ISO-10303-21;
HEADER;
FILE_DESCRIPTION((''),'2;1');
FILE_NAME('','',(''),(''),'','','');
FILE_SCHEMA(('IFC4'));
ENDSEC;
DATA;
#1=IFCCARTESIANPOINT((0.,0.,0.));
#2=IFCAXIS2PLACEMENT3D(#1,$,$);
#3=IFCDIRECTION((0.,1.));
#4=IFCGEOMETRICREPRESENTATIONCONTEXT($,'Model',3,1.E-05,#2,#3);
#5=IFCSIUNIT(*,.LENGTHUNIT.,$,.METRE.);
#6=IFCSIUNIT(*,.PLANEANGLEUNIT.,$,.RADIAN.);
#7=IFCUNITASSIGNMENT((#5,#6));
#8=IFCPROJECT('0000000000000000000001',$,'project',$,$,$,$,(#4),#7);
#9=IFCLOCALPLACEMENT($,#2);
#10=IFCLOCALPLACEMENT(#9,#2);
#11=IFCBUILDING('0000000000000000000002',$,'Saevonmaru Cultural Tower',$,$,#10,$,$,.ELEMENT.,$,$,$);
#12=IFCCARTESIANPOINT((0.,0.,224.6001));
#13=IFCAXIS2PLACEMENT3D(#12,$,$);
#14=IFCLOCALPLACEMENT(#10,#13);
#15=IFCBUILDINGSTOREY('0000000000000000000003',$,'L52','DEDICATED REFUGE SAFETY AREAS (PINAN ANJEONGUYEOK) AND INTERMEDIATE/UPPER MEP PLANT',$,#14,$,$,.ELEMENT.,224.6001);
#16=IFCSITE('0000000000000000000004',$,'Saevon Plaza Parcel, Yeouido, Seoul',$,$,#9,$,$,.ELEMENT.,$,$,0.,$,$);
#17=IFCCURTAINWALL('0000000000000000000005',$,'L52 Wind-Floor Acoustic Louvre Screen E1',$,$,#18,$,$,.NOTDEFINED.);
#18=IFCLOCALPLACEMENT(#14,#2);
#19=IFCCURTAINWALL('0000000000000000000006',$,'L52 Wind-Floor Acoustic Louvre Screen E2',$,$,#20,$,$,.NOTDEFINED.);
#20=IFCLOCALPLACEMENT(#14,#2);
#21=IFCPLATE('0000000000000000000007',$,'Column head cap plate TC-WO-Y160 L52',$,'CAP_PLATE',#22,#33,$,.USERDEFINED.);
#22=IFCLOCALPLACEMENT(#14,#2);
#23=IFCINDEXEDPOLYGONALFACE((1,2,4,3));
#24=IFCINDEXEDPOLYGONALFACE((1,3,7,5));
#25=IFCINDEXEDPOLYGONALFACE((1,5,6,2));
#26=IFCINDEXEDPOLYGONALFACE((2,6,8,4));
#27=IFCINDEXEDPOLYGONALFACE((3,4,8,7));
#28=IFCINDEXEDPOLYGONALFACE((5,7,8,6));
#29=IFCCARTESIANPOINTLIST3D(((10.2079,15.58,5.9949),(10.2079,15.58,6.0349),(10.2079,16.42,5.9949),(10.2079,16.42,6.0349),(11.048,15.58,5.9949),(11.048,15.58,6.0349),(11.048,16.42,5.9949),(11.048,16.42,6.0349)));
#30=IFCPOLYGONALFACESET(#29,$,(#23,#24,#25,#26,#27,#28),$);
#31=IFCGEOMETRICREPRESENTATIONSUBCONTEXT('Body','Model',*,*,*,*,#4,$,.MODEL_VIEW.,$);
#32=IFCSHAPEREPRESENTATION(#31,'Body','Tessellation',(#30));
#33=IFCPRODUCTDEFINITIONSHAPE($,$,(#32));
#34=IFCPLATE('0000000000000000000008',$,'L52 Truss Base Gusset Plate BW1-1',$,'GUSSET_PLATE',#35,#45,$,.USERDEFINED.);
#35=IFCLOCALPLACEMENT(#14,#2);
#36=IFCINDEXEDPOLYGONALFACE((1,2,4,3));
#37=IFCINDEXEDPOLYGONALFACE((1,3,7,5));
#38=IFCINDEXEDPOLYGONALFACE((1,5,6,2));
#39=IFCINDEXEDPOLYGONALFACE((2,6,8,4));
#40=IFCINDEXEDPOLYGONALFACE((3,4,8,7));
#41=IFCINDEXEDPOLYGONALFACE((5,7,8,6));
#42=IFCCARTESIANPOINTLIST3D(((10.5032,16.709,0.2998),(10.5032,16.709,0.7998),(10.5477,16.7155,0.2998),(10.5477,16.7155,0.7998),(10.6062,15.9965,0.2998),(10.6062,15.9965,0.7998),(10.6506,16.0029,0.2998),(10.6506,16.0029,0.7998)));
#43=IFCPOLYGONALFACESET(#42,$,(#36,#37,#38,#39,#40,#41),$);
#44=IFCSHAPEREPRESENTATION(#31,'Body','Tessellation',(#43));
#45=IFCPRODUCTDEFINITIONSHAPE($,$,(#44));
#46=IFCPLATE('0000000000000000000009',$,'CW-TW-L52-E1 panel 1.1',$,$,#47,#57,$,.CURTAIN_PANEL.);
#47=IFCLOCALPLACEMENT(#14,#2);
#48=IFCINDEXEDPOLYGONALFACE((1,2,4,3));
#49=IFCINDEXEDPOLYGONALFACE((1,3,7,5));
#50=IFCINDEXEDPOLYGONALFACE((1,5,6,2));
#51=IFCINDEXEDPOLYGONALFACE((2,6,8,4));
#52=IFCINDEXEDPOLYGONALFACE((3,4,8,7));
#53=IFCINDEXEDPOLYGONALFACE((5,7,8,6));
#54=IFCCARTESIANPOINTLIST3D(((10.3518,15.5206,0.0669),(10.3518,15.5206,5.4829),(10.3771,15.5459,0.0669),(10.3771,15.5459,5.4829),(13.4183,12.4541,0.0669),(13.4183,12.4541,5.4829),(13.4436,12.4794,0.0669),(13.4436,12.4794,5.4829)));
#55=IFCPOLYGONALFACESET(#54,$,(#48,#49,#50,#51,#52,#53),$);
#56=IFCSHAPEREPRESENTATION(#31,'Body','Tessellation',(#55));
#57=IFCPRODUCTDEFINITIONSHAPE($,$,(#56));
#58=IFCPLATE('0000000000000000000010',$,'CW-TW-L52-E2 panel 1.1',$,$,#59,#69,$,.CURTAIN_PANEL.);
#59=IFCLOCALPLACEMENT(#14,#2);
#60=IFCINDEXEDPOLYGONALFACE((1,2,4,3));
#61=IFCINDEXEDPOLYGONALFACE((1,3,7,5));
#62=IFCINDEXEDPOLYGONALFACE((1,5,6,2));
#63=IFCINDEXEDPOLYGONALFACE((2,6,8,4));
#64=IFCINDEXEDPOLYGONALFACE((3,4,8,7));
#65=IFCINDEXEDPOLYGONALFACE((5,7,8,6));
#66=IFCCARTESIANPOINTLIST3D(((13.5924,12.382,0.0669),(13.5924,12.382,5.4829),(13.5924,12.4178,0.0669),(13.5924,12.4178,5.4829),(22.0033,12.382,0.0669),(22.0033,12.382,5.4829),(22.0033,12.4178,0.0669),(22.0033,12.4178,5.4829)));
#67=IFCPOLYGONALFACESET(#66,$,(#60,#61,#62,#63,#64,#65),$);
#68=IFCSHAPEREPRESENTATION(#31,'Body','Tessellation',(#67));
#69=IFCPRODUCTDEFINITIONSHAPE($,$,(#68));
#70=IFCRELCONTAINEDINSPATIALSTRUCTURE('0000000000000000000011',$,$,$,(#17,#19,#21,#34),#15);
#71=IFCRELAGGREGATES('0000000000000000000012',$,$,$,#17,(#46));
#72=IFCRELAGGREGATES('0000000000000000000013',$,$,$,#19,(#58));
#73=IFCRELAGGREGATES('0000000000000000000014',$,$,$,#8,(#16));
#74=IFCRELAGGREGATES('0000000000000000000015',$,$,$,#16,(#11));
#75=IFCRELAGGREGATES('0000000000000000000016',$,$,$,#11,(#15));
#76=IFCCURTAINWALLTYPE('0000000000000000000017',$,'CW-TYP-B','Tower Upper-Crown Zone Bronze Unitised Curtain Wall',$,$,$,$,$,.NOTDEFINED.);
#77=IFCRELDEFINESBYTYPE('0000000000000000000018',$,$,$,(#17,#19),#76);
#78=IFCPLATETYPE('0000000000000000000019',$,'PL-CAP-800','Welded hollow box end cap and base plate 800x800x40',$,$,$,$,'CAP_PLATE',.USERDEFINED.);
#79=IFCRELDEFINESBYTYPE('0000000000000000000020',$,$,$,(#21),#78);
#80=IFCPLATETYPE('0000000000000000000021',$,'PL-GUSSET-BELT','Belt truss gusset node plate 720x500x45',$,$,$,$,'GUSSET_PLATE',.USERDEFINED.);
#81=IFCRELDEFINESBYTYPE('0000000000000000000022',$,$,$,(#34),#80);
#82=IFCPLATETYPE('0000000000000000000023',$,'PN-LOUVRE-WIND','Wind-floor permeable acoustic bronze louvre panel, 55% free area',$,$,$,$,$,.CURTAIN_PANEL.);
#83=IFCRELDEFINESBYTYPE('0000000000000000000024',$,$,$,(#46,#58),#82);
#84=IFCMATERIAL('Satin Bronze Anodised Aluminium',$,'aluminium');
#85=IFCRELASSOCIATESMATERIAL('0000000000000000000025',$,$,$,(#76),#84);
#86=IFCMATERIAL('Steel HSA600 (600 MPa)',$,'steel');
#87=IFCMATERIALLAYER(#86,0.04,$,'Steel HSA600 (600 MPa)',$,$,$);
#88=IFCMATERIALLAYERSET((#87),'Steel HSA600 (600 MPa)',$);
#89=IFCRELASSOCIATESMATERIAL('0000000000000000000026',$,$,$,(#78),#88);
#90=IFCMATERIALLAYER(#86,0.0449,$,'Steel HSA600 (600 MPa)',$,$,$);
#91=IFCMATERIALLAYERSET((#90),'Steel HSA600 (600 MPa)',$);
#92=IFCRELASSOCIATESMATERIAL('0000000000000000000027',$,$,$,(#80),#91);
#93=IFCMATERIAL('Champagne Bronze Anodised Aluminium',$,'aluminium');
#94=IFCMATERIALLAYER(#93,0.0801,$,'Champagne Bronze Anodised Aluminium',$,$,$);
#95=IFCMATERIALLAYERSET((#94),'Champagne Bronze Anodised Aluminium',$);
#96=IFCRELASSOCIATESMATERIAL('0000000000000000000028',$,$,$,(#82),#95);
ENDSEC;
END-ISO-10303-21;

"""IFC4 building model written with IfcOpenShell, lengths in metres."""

from ifc_helpers import new_model, si_unit, direction, frame, origin, origin_2d, place, context, subcontext, project, spatial, rectangle, extrude, material, layer, layer_set, type_object, element, aggregate, save


model = new_model("IFC4")

# Units and contexts
model_context = context("Model", 3, precision=1e-05, world=origin(), true_north=direction((0.0, 1.0)))
body_context = subcontext(model_context, "Body", "Model", "MODEL_VIEW")
ifc_project = project(units=[si_unit("LENGTHUNIT", "METRE"), si_unit("PLANEANGLEUNIT", "RADIAN")], contexts=[model_context])

# Site, building, storey
site_placement = place(None, origin())
site = spatial("IfcSite", under=ifc_project, at=site_placement, Name="Saevon Plaza Parcel, Yeouido, Seoul", CompositionType="ELEMENT", RefElevation=0.0)
building_placement = place(site_placement, origin())
building = spatial("IfcBuilding", under=site, at=building_placement, Name="Saevonmaru Cultural Tower", CompositionType="ELEMENT")
storey_placement = place(building_placement, frame((0.0, 0.0, 224.6001)))
storey = spatial("IfcBuildingStorey", under=building, at=storey_placement, Name="L52", Description="DEDICATED REFUGE SAFETY AREAS (PINAN ANJEONGUYEOK) AND INTERMEDIATE/UPPER MEP PLANT", CompositionType="ELEMENT", Elevation=224.6001)

# Shared definitions
ifc_material_1 = material(Name="Steel HSA600 (600 MPa)", Category="steel")

# Curtain walls
ifc_material_2 = material(Name="Satin Bronze Anodised Aluminium", Category="aluminium")
curtain_wall_type = type_object("IfcCurtainWallType", Name="CW-TYP-B", Description="Tower Upper-Crown Zone Bronze Unitised Curtain Wall", PredefinedType="NOTDEFINED", material=ifc_material_2)
curtain_wall_1_placement = place(storey_placement, origin())
curtain_wall_1 = element("IfcCurtainWall", 1, at=curtain_wall_1_placement, inside=storey, type_object=curtain_wall_type, Name="L52 Wind-Floor Acoustic Louvre Screen E1", PredefinedType="NOTDEFINED")
curtain_wall_2_placement = place(storey_placement, origin())
curtain_wall_2 = element("IfcCurtainWall", 2, at=curtain_wall_2_placement, inside=storey, type_object=curtain_wall_type, Name="L52 Wind-Floor Acoustic Louvre Screen E2", PredefinedType="NOTDEFINED")

# Plates
ifc_layer_1 = layer(ifc_material_1, 0.04, Name="Steel HSA600 (600 MPa)")
ifc_layer_set_1 = layer_set([ifc_layer_1], Name="Steel HSA600 (600 MPa)")
plate_type_1 = type_object("IfcPlateType", Name="PL-CAP-800", Description="Welded hollow box end cap and base plate 800x800x40", ElementType="CAP_PLATE", PredefinedType="USERDEFINED", material=ifc_layer_set_1)
plate_1_placement = place(storey_placement, frame((10.6279, 16.0, 5.9949), z_axis=(0.0, 0.0, 1.0), x_axis=(1.0, 0.0, 0.0)))
element("IfcPlate", 3, at=plate_1_placement, inside=storey, type_object=plate_type_1, Name="Column head cap plate TC-WO-Y160 L52", ObjectType="CAP_PLATE", PredefinedType="USERDEFINED", context=body_context, shape_type="SweptSolid", body=[
    extrude(rectangle(XDim=0.8401, YDim=0.8401, at=origin_2d()), origin(), (0.0, 0.0, 1.0), 0.04),
])
ifc_layer_2 = layer(ifc_material_1, 0.0449, Name="Steel HSA600 (600 MPa)")
ifc_layer_set_2 = layer_set([ifc_layer_2], Name="Steel HSA600 (600 MPa)")
plate_type_2 = type_object("IfcPlateType", Name="PL-GUSSET-BELT", Description="Belt truss gusset node plate 720x500x45", ElementType="GUSSET_PLATE", PredefinedType="USERDEFINED", material=ifc_layer_set_2)
plate_2_placement = place(storey_placement, frame((10.5769, 16.356, 0.2998), z_axis=(0.0, 0.0, 1.0), x_axis=(-0.143009, 0.989721, 0.0)))
element("IfcPlate", 4, at=plate_2_placement, inside=storey, type_object=plate_type_2, Name="L52 Truss Base Gusset Plate BW1-1", ObjectType="GUSSET_PLATE", PredefinedType="USERDEFINED", context=body_context, shape_type="SweptSolid", body=[
    extrude(rectangle(XDim=0.72, YDim=0.0449, at=origin_2d()), origin(), (0.0, 0.0, 1.0), 0.5),
])

# Plates
ifc_material_3 = material(Name="Champagne Bronze Anodised Aluminium", Category="aluminium")
ifc_layer_3 = layer(ifc_material_3, 0.0801, Name="Champagne Bronze Anodised Aluminium")
ifc_layer_set_3 = layer_set([ifc_layer_3], Name="Champagne Bronze Anodised Aluminium")
plate_type_3 = type_object("IfcPlateType", Name="PN-LOUVRE-WIND", Description="Wind-floor permeable acoustic bronze louvre panel, 55% free area", PredefinedType="CURTAIN_PANEL", material=ifc_layer_set_3)
plate_3_placement = place(storey_placement, frame((11.8977, 14.0, 0.0669), z_axis=(0.0, 0.0, 1.0), x_axis=(0.707107, -0.707107, 0.0)))
plate_3 = element("IfcPlate", 5, at=plate_3_placement, type_object=plate_type_3, Name="CW-TW-L52-E1 panel 1.1", PredefinedType="CURTAIN_PANEL", context=body_context, shape_type="SweptSolid", body=[
    extrude(rectangle(XDim=4.3367, YDim=0.0359, at=origin_2d()), origin(), (0.0, 0.0, 1.0), 5.416),
])
aggregate(curtain_wall_1, [plate_3])
plate_4_placement = place(storey_placement, frame((17.7979, 12.3999, 0.0669), z_axis=(0.0, 0.0, 1.0), x_axis=(1.0, 0.0, 0.0)))
plate_4 = element("IfcPlate", 6, at=plate_4_placement, type_object=plate_type_3, Name="CW-TW-L52-E2 panel 1.1", PredefinedType="CURTAIN_PANEL", context=body_context, shape_type="SweptSolid", body=[
    extrude(rectangle(XDim=8.4109, YDim=0.0359, at=origin_2d()), origin(), (0.0, 0.0, 1.0), 5.416),
])
aggregate(curtain_wall_2, [plate_4])

save(model, "model.ifc")
